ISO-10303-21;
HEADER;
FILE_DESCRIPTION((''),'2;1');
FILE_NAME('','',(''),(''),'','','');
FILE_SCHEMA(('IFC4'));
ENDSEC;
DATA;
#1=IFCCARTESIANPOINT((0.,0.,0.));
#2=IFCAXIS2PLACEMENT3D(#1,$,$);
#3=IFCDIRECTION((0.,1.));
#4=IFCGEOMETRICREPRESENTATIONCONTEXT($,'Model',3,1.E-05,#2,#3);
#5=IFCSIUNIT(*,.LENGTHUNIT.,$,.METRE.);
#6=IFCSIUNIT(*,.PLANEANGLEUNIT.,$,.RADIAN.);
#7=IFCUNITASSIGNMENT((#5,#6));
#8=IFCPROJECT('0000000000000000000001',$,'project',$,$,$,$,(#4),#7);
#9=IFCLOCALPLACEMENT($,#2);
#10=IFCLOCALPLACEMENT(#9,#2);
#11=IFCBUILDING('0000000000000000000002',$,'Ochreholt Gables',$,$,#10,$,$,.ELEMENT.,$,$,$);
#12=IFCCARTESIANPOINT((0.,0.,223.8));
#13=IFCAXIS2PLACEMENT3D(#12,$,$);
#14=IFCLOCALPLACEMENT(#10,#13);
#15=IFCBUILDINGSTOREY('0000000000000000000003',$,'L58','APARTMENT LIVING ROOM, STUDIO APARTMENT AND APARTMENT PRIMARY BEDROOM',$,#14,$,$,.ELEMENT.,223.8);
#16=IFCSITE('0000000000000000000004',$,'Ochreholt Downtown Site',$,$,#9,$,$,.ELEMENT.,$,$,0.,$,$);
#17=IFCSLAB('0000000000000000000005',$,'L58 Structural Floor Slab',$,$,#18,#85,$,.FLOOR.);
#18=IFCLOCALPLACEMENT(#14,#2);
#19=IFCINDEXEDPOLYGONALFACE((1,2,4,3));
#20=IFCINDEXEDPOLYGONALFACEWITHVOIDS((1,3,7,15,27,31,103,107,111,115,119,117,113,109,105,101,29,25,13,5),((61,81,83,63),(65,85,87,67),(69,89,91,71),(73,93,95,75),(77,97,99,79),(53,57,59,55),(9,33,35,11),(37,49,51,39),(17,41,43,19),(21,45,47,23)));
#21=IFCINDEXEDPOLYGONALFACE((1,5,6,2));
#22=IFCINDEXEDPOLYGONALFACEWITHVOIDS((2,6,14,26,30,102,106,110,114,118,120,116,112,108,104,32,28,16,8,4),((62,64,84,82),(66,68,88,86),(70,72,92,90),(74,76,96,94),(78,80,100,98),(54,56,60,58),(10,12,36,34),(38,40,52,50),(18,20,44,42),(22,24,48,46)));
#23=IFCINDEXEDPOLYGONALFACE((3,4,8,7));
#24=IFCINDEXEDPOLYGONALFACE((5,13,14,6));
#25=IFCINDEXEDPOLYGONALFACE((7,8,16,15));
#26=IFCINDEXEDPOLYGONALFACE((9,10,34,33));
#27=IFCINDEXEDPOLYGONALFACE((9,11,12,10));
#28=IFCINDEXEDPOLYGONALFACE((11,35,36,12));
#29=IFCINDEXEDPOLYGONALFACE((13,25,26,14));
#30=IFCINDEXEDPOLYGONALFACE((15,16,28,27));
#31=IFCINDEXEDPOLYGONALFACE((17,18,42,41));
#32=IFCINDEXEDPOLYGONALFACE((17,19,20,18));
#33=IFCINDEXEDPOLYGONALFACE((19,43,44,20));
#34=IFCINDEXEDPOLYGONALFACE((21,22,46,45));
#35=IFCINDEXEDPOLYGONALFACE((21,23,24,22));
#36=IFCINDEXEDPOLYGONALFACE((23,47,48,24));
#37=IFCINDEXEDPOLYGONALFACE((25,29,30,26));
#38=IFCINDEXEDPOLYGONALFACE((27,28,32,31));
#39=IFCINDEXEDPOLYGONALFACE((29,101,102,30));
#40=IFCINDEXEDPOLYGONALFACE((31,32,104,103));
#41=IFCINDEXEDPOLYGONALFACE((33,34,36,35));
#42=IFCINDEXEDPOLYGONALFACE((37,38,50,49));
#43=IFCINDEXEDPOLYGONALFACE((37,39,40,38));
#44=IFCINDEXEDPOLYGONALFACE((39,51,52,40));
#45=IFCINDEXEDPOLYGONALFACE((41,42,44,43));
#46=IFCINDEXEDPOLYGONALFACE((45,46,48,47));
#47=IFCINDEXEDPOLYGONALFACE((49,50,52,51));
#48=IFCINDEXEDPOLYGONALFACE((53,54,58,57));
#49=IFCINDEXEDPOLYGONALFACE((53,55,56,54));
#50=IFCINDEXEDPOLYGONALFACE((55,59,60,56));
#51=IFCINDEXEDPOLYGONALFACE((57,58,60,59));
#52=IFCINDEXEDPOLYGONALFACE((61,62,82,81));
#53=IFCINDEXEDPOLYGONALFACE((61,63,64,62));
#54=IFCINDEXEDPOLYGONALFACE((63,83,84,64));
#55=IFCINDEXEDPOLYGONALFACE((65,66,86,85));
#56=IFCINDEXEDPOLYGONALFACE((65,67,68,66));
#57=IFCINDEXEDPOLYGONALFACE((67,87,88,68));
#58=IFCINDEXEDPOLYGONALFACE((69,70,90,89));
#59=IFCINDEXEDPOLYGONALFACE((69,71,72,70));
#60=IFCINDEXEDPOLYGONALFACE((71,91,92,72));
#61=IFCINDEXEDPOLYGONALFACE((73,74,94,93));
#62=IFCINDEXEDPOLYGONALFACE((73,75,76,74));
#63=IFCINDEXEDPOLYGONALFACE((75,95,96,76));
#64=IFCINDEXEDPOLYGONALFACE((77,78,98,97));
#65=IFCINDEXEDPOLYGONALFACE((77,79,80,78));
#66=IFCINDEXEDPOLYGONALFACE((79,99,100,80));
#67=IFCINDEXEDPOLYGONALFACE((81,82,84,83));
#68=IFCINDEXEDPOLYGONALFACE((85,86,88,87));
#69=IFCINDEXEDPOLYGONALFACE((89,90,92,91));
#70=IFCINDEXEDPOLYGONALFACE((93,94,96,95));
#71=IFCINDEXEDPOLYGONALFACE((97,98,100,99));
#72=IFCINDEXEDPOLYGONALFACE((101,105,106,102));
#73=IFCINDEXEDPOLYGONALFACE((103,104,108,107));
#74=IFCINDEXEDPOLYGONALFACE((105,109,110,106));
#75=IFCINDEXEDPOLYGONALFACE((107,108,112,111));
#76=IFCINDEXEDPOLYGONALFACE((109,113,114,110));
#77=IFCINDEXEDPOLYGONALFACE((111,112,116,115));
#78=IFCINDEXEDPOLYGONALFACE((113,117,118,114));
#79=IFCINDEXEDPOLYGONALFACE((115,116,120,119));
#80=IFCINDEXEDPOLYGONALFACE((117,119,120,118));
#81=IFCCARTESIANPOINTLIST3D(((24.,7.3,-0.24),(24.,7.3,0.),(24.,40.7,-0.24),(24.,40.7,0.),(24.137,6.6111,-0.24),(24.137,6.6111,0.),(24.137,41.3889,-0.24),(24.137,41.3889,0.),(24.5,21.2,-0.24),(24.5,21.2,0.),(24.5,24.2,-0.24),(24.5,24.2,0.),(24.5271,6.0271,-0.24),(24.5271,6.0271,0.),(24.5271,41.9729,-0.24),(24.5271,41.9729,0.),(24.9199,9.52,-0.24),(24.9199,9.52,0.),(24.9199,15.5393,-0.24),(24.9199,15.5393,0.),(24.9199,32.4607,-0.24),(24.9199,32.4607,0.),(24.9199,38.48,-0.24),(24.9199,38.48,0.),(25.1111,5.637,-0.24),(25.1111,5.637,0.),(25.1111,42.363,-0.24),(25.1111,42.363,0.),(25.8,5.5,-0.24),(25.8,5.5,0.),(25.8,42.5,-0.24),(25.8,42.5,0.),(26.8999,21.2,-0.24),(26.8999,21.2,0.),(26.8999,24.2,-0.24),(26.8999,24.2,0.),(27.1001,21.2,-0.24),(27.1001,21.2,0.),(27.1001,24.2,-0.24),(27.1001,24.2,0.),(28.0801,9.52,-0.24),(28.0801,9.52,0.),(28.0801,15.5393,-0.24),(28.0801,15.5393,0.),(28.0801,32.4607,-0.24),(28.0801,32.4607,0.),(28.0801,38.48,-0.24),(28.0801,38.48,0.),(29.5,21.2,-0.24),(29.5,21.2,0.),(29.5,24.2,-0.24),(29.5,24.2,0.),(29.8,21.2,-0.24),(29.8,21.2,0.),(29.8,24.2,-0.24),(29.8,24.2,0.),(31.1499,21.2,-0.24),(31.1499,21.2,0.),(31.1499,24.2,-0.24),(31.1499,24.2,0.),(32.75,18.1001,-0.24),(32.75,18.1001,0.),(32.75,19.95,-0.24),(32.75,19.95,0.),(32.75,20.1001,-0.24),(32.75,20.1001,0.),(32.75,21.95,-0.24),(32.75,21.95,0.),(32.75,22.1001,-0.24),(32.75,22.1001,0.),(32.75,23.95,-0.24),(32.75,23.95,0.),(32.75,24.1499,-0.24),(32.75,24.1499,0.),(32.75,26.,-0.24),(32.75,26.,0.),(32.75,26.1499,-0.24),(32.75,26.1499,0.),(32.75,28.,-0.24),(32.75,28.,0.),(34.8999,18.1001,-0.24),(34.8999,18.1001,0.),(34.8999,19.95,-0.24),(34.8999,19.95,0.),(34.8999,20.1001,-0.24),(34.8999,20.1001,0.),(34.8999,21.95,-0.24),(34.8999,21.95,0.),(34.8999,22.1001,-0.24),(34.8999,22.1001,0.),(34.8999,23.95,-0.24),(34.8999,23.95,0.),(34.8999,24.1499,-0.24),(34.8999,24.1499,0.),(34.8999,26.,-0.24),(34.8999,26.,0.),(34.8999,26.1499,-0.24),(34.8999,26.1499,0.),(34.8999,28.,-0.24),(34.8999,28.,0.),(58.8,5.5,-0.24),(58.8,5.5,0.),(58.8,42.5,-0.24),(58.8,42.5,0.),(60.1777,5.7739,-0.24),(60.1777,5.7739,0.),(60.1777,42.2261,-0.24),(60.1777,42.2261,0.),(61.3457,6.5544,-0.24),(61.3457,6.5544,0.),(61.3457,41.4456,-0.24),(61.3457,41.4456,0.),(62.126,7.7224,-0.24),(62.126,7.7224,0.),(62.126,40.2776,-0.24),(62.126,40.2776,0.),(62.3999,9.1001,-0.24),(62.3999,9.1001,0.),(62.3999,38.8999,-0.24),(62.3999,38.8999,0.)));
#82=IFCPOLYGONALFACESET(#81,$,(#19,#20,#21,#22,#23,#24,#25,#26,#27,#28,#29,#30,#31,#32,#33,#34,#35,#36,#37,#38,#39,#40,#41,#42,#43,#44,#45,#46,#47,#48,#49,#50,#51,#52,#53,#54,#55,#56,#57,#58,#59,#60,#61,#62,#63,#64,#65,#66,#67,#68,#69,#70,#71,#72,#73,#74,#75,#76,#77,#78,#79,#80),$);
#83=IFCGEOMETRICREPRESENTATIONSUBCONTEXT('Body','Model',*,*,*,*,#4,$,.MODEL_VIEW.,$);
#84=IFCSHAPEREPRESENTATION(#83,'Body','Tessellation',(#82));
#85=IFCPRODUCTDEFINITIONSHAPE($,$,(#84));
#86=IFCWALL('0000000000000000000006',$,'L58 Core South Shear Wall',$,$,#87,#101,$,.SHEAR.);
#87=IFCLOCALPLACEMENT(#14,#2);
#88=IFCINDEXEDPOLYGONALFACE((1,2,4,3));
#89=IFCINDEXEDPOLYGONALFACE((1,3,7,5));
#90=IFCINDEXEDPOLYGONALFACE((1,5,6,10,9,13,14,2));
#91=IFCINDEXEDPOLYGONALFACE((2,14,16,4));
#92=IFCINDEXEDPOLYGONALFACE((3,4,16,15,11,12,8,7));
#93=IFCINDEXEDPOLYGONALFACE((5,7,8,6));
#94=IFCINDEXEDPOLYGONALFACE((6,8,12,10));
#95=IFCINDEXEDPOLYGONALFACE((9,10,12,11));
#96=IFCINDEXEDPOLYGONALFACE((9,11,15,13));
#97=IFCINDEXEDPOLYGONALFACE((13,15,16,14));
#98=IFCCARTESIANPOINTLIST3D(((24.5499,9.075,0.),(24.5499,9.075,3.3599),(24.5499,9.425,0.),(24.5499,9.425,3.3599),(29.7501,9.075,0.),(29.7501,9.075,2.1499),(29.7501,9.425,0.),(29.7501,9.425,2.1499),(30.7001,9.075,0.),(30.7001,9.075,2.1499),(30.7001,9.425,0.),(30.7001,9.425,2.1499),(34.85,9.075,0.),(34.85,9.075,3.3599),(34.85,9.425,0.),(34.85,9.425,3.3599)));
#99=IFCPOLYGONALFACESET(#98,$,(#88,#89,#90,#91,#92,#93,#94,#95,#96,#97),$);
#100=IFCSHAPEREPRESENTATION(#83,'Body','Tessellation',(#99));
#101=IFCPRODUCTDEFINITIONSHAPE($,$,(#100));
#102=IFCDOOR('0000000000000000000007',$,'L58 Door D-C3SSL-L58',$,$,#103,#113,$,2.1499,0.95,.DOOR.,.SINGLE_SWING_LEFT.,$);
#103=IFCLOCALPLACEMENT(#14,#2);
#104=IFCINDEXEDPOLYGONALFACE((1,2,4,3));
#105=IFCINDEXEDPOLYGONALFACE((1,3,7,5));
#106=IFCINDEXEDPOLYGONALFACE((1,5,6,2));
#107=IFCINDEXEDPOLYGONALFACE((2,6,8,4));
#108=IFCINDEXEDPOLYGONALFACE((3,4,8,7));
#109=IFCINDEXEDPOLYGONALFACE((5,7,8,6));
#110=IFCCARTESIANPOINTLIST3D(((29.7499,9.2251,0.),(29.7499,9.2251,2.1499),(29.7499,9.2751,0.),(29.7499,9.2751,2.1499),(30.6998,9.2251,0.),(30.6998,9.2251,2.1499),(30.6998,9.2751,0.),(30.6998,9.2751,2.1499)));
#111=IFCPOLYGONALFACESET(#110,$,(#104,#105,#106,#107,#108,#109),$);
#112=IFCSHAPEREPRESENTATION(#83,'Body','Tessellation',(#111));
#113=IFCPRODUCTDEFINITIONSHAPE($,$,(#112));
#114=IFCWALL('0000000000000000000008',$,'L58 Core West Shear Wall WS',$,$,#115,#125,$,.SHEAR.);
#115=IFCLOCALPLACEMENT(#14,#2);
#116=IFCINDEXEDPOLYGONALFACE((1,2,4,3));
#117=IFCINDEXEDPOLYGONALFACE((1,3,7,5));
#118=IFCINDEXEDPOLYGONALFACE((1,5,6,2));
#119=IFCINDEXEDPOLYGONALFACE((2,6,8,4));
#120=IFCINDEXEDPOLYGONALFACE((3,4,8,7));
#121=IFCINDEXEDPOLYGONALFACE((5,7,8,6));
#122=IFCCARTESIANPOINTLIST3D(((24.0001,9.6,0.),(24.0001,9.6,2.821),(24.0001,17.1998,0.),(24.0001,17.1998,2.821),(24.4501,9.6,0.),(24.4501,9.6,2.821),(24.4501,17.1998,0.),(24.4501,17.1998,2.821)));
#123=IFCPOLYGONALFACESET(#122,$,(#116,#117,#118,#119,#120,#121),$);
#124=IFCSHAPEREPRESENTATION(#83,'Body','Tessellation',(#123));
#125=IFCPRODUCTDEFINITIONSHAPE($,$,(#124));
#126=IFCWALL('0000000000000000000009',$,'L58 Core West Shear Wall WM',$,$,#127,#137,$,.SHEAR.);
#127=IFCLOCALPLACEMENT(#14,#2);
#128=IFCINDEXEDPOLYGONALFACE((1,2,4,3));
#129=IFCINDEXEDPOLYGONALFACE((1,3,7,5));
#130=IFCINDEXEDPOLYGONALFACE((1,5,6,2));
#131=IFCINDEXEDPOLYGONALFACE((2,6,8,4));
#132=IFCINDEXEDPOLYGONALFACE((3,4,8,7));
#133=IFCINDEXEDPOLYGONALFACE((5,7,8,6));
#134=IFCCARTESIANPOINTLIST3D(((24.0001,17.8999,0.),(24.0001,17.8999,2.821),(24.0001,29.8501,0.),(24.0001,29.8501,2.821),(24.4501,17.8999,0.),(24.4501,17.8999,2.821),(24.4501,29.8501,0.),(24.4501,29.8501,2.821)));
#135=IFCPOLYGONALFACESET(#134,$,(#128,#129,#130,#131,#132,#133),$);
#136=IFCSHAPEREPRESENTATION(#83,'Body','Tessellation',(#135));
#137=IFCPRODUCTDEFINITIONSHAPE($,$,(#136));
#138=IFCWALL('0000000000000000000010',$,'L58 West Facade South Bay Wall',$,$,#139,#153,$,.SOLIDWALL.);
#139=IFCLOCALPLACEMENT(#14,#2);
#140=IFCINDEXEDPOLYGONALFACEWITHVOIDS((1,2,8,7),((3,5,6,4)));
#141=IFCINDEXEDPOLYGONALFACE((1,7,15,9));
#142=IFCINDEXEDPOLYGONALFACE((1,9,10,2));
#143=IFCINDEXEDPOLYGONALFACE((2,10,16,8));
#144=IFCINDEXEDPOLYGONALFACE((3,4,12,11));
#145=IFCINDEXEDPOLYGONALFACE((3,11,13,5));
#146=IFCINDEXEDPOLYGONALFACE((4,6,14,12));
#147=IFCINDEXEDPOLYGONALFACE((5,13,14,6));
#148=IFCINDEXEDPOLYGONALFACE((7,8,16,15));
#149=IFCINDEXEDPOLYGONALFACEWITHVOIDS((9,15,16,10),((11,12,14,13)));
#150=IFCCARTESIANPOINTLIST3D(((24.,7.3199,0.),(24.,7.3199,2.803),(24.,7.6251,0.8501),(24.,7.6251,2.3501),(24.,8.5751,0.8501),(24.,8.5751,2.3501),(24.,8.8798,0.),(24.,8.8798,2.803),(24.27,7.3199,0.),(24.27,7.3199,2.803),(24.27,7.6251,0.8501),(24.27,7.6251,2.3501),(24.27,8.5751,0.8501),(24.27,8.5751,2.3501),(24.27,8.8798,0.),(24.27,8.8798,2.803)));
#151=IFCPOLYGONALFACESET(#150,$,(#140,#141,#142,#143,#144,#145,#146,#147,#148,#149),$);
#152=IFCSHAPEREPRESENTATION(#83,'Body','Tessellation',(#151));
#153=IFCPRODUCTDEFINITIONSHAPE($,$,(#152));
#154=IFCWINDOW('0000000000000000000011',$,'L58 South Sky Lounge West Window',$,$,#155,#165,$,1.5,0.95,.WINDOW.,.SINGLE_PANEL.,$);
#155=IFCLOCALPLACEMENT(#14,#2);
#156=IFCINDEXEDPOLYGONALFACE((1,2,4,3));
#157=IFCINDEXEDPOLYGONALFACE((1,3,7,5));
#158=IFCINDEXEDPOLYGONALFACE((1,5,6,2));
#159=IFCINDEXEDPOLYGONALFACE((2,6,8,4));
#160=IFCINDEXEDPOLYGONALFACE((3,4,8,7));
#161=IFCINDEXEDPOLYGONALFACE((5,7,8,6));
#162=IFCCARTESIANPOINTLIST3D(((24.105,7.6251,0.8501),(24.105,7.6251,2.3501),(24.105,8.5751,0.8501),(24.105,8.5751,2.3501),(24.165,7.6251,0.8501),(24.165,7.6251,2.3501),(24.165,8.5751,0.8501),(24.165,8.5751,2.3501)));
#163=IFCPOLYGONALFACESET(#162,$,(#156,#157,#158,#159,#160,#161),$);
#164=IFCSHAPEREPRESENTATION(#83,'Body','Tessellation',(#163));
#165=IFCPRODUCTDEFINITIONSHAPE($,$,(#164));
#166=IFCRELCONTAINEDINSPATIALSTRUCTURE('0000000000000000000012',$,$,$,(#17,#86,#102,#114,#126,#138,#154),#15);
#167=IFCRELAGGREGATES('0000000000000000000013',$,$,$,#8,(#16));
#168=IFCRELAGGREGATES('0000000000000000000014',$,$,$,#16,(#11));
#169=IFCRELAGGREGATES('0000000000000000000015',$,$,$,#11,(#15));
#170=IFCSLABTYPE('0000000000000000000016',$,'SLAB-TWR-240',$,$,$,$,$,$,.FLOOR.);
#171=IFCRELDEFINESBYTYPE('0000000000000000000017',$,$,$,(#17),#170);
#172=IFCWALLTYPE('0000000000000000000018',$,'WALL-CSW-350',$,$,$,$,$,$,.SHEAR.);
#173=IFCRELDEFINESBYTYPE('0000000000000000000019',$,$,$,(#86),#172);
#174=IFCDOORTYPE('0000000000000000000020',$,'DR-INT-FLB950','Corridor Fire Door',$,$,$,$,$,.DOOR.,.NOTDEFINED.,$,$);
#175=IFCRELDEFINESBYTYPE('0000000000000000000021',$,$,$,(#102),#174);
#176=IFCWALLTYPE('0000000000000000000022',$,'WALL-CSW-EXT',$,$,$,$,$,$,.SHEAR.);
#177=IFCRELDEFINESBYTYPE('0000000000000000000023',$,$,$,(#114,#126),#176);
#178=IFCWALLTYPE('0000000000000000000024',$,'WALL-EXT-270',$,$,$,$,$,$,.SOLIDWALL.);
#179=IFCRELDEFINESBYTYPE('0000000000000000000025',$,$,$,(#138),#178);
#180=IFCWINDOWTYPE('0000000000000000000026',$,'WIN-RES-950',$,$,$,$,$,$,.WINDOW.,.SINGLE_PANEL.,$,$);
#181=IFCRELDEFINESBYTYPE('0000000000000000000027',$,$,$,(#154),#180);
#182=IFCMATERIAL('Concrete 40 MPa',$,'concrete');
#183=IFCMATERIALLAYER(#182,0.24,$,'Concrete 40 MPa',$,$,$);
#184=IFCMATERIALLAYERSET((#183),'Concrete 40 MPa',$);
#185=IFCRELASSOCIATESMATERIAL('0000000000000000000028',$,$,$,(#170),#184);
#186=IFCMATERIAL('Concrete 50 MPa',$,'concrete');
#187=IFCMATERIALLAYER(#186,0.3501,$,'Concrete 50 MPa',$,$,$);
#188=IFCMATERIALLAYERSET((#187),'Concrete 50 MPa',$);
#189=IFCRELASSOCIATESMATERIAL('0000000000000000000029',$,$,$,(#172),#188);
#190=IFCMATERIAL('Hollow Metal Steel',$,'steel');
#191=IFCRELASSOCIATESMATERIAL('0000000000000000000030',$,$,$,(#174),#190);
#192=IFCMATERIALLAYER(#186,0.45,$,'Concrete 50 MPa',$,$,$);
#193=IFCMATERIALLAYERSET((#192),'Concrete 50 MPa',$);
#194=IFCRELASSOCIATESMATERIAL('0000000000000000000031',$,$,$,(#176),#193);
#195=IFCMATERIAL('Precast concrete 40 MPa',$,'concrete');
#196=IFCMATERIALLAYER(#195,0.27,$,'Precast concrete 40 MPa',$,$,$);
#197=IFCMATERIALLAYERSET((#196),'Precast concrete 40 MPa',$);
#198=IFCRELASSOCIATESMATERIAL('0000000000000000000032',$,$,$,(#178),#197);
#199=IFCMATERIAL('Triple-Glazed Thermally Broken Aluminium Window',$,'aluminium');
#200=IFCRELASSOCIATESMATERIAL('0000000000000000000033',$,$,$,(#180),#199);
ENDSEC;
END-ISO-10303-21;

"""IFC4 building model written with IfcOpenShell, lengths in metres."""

from ifc_helpers import new_model, si_unit, direction, frame, frame_2d, origin, place, context, subcontext, project, spatial, polyline, rectangle, outline, extrude, material, layer, layer_set, type_object, element, fill, save


model = new_model("IFC4")

# Units and contexts
model_context = context("Model", 3, precision=1e-05, world=origin(), true_north=direction((0.0, 1.0)))
body_context = subcontext(model_context, "Body", "Model", "MODEL_VIEW")
ifc_project = project(units=[si_unit("LENGTHUNIT", "METRE"), si_unit("PLANEANGLEUNIT", "RADIAN")], contexts=[model_context])

# Site, building, storey
site_placement = place(None, origin())
site = spatial("IfcSite", under=ifc_project, at=site_placement, Name="Ochreholt Downtown Site", CompositionType="ELEMENT", RefElevation=0.0)
building_placement = place(site_placement, origin())
building = spatial("IfcBuilding", under=site, at=building_placement, Name="Ochreholt Gables", CompositionType="ELEMENT")
storey_placement = place(building_placement, frame((0.0, 0.0, 223.8)))
storey = spatial("IfcBuildingStorey", under=building, at=storey_placement, Name="L58", Description="APARTMENT LIVING ROOM, STUDIO APARTMENT AND APARTMENT PRIMARY BEDROOM", CompositionType="ELEMENT", Elevation=223.8)

# Shared definitions
ifc_material_1 = material(Name="Concrete 50 MPa", Category="concrete")

# Shared definitions
ifc_material_2 = material(Name="Concrete 40 MPa", Category="concrete")

# Slab
ifc_layer_1 = layer(ifc_material_2, 0.24, Name="Concrete 40 MPa")
ifc_layer_set_1 = layer_set([ifc_layer_1], Name="Concrete 40 MPa")
slab_type_1 = type_object("IfcSlabType", Name="SLAB-TWR-240", PredefinedType="FLOOR", material=ifc_layer_set_1)
slab_1_placement = place(storey_placement, frame((0.0, 0.0, -0.24)))
element("IfcSlab", 1, at=slab_1_placement, inside=storey, type_object=slab_type_1, Name="L58 Structural Floor Slab", PredefinedType="FLOOR", context=body_context, shape_type="SweptSolid", body=[
    extrude(outline(polyline([(24.0, 7.3), (24.137, 6.6111), (24.5271, 6.0271), (25.1111, 5.637), (25.8, 5.5), (58.8, 5.5), (60.1777, 5.7739), (61.3457, 6.5544), (62.126, 7.7224), (62.3999, 9.1001), (62.3999, 38.8999), (62.126, 40.2776), (61.3457, 41.4456), (60.1777, 42.2261), (58.8, 42.5), (25.8, 42.5), (25.1111, 42.363), (24.5271, 41.9729), (24.137, 41.3889), (24.0, 40.7), (24.0, 7.3)]), holes=[polyline([(24.9199, 15.5393), (24.9199, 9.52), (28.0801, 9.52), (28.0801, 15.5393), (24.9199, 15.5393)]), polyline([(28.0801, 32.4607), (28.0801, 38.48), (24.9199, 38.48), (24.9199, 32.4607), (28.0801, 32.4607)]), polyline([(24.5, 21.2), (26.8999, 21.2), (26.8999, 24.2), (24.5, 24.2), (24.5, 21.2)]), polyline([(27.1001, 21.2), (29.5, 21.2), (29.5, 24.2), (27.1001, 24.2), (27.1001, 21.2)]), polyline([(32.75, 18.1001), (34.8999, 18.1001), (34.8999, 19.95), (32.75, 19.95), (32.75, 18.1001)]), polyline([(32.75, 20.1001), (34.8999, 20.1001), (34.8999, 21.95), (32.75, 21.95), (32.75, 20.1001)]), polyline([(32.75, 22.1001), (34.8999, 22.1001), (34.8999, 23.95), (32.75, 23.95), (32.75, 22.1001)]), polyline([(32.75, 24.1499), (34.8999, 24.1499), (34.8999, 26.0), (32.75, 26.0), (32.75, 24.1499)]), polyline([(32.75, 26.1499), (34.8999, 26.1499), (34.8999, 28.0), (32.75, 28.0), (32.75, 26.1499)]), polyline([(29.8, 21.2), (31.1499, 21.2), (31.1499, 24.2), (29.8, 24.2), (29.8, 21.2)])]), origin(), (0.0, 0.0, 1.0), 0.24),
])

# Wall, opening, door
ifc_layer_2 = layer(ifc_material_1, 0.3501, Name="Concrete 50 MPa")
ifc_layer_set_2 = layer_set([ifc_layer_2], Name="Concrete 50 MPa")
wall_type_1 = type_object("IfcWallType", Name="WALL-CSW-350", PredefinedType="SHEAR", material=ifc_layer_set_2)
wall_1_placement = place(storey_placement, frame((24.55, 9.25, 0.0), z_axis=(0.0, 0.0, 1.0), x_axis=(1.0, 0.0, 0.0)))
wall_1 = element("IfcWall", 2, at=wall_1_placement, inside=storey, type_object=wall_type_1, Name="L58 Core South Shear Wall", PredefinedType="SHEAR", context=body_context, shape_type="SweptSolid", body=[
    extrude(rectangle(XDim=10.3, YDim=0.3501, at=frame_2d((5.1499, 0.0))), origin(), (0.0, 0.0, 1.0), 3.3599),
])
opening_1_placement = place(wall_1_placement, frame((5.2, 0.0, 0.0)))
opening_1 = element("IfcOpeningElement", 3, at=opening_1_placement, cuts=wall_1, PredefinedType="OPENING", context=body_context, shape_type="SweptSolid", body=[
    extrude(rectangle(XDim=0.95, YDim=2.1499, at=frame_2d((0.4751, 1.075))), frame((0.0, 0.1851, 0.0), z_axis=(0.0, -1.0, 0.0), x_axis=(1.0, 0.0, 0.0)), (0.0, 0.0, 1.0), 0.3701),
])
ifc_material_3 = material(Name="Hollow Metal Steel", Category="steel")
door_type_1 = type_object("IfcDoorType", Name="DR-INT-FLB950", Description="Corridor Fire Door", OperationType="NOTDEFINED", PredefinedType="DOOR", material=ifc_material_3)
door_1_placement = place(opening_1_placement, frame((0.95, 0.0, 0.0), z_axis=(0.0, 0.0, 1.0), x_axis=(-1.0, 0.0, 0.0)))
door_1 = element("IfcDoor", 4, at=door_1_placement, inside=storey, type_object=door_type_1, Name="L58 Door D-C3SSL-L58", OperationType="SINGLE_SWING_LEFT", OverallHeight=2.1499, OverallWidth=0.95, PredefinedType="DOOR", context=body_context, shape_type="SweptSolid", body=[
    extrude(rectangle(XDim=0.95, YDim=2.1499, at=frame_2d((0.4751, 1.075))), frame((0.0, 0.0249, 0.0), z_axis=(0.0, -1.0, 0.0), x_axis=(1.0, 0.0, 0.0)), (0.0, 0.0, 1.0), 0.05),
])
fill(opening_1, door_1)

# Walls
ifc_layer_3 = layer(ifc_material_1, 0.45, Name="Concrete 50 MPa")
ifc_layer_set_3 = layer_set([ifc_layer_3], Name="Concrete 50 MPa")
wall_type_2 = type_object("IfcWallType", Name="WALL-CSW-EXT", PredefinedType="SHEAR", material=ifc_layer_set_3)
wall_2_placement = place(storey_placement, frame((24.2251, 9.6001, 0.0), z_axis=(0.0, 0.0, 1.0), x_axis=(0.0, 1.0, 0.0)))
element("IfcWall", 5, at=wall_2_placement, inside=storey, type_object=wall_type_2, Name="L58 Core West Shear Wall WS", PredefinedType="SHEAR", context=body_context, shape_type="SweptSolid", body=[
    extrude(rectangle(XDim=7.5999, YDim=0.45, at=frame_2d((3.7998, 0.0))), origin(), (0.0, 0.0, 1.0), 2.821),
])
wall_3_placement = place(storey_placement, frame((24.2251, 17.8999, 0.0), z_axis=(0.0, 0.0, 1.0), x_axis=(0.0, 1.0, 0.0)))
element("IfcWall", 6, at=wall_3_placement, inside=storey, type_object=wall_type_2, Name="L58 Core West Shear Wall WM", PredefinedType="SHEAR", context=body_context, shape_type="SweptSolid", body=[
    extrude(rectangle(XDim=11.9502, YDim=0.45, at=frame_2d((5.9751, 0.0))), origin(), (0.0, 0.0, 1.0), 2.821),
])

# Wall, opening, window
ifc_material_4 = material(Name="Precast concrete 40 MPa", Category="concrete")
ifc_layer_4 = layer(ifc_material_4, 0.27, Name="Precast concrete 40 MPa")
ifc_layer_set_4 = layer_set([ifc_layer_4], Name="Precast concrete 40 MPa")
wall_type_3 = type_object("IfcWallType", Name="WALL-EXT-270", PredefinedType="SOLIDWALL", material=ifc_layer_set_4)
wall_4_placement = place(storey_placement, frame((24.135, 7.3201, 0.0), z_axis=(0.0, 0.0, 1.0), x_axis=(0.0, 1.0, 0.0)))
wall_4 = element("IfcWall", 7, at=wall_4_placement, inside=storey, type_object=wall_type_3, Name="L58 West Facade South Bay Wall", PredefinedType="SOLIDWALL", context=body_context, shape_type="SweptSolid", body=[
    extrude(rectangle(XDim=1.5598, YDim=0.27, at=frame_2d((0.7798, 0.0))), origin(), (0.0, 0.0, 1.0), 2.803),
])
opening_2_placement = place(wall_4_placement, frame((0.3049, 0.0, 0.8501)))
opening_2 = element("IfcOpeningElement", 8, at=opening_2_placement, cuts=wall_4, PredefinedType="OPENING", context=body_context, shape_type="SweptSolid", body=[
    extrude(rectangle(XDim=0.95, YDim=1.5, at=frame_2d((0.4751, 0.75))), frame((0.0, 0.145, 0.0), z_axis=(0.0, -1.0, 0.0), x_axis=(1.0, 0.0, 0.0)), (0.0, 0.0, 1.0), 0.29),
])
ifc_material_5 = material(Name="Triple-Glazed Thermally Broken Aluminium Window", Category="aluminium")
window_type = type_object("IfcWindowType", Name="WIN-RES-950", PartitioningType="SINGLE_PANEL", PredefinedType="WINDOW", material=ifc_material_5)
window_placement = place(opening_2_placement, origin())
window = element("IfcWindow", 9, at=window_placement, inside=storey, type_object=window_type, Name="L58 South Sky Lounge West Window", OverallHeight=1.5, OverallWidth=0.95, PartitioningType="SINGLE_PANEL", PredefinedType="WINDOW", context=body_context, shape_type="SweptSolid", body=[
    extrude(rectangle(XDim=0.95, YDim=1.5, at=frame_2d((0.4751, 0.75))), frame((0.0, 0.03, 0.0), z_axis=(0.0, -1.0, 0.0), x_axis=(1.0, 0.0, 0.0)), (0.0, 0.0, 1.0), 0.0601),
])
fill(opening_2, window)

save(model, "model.ifc")
